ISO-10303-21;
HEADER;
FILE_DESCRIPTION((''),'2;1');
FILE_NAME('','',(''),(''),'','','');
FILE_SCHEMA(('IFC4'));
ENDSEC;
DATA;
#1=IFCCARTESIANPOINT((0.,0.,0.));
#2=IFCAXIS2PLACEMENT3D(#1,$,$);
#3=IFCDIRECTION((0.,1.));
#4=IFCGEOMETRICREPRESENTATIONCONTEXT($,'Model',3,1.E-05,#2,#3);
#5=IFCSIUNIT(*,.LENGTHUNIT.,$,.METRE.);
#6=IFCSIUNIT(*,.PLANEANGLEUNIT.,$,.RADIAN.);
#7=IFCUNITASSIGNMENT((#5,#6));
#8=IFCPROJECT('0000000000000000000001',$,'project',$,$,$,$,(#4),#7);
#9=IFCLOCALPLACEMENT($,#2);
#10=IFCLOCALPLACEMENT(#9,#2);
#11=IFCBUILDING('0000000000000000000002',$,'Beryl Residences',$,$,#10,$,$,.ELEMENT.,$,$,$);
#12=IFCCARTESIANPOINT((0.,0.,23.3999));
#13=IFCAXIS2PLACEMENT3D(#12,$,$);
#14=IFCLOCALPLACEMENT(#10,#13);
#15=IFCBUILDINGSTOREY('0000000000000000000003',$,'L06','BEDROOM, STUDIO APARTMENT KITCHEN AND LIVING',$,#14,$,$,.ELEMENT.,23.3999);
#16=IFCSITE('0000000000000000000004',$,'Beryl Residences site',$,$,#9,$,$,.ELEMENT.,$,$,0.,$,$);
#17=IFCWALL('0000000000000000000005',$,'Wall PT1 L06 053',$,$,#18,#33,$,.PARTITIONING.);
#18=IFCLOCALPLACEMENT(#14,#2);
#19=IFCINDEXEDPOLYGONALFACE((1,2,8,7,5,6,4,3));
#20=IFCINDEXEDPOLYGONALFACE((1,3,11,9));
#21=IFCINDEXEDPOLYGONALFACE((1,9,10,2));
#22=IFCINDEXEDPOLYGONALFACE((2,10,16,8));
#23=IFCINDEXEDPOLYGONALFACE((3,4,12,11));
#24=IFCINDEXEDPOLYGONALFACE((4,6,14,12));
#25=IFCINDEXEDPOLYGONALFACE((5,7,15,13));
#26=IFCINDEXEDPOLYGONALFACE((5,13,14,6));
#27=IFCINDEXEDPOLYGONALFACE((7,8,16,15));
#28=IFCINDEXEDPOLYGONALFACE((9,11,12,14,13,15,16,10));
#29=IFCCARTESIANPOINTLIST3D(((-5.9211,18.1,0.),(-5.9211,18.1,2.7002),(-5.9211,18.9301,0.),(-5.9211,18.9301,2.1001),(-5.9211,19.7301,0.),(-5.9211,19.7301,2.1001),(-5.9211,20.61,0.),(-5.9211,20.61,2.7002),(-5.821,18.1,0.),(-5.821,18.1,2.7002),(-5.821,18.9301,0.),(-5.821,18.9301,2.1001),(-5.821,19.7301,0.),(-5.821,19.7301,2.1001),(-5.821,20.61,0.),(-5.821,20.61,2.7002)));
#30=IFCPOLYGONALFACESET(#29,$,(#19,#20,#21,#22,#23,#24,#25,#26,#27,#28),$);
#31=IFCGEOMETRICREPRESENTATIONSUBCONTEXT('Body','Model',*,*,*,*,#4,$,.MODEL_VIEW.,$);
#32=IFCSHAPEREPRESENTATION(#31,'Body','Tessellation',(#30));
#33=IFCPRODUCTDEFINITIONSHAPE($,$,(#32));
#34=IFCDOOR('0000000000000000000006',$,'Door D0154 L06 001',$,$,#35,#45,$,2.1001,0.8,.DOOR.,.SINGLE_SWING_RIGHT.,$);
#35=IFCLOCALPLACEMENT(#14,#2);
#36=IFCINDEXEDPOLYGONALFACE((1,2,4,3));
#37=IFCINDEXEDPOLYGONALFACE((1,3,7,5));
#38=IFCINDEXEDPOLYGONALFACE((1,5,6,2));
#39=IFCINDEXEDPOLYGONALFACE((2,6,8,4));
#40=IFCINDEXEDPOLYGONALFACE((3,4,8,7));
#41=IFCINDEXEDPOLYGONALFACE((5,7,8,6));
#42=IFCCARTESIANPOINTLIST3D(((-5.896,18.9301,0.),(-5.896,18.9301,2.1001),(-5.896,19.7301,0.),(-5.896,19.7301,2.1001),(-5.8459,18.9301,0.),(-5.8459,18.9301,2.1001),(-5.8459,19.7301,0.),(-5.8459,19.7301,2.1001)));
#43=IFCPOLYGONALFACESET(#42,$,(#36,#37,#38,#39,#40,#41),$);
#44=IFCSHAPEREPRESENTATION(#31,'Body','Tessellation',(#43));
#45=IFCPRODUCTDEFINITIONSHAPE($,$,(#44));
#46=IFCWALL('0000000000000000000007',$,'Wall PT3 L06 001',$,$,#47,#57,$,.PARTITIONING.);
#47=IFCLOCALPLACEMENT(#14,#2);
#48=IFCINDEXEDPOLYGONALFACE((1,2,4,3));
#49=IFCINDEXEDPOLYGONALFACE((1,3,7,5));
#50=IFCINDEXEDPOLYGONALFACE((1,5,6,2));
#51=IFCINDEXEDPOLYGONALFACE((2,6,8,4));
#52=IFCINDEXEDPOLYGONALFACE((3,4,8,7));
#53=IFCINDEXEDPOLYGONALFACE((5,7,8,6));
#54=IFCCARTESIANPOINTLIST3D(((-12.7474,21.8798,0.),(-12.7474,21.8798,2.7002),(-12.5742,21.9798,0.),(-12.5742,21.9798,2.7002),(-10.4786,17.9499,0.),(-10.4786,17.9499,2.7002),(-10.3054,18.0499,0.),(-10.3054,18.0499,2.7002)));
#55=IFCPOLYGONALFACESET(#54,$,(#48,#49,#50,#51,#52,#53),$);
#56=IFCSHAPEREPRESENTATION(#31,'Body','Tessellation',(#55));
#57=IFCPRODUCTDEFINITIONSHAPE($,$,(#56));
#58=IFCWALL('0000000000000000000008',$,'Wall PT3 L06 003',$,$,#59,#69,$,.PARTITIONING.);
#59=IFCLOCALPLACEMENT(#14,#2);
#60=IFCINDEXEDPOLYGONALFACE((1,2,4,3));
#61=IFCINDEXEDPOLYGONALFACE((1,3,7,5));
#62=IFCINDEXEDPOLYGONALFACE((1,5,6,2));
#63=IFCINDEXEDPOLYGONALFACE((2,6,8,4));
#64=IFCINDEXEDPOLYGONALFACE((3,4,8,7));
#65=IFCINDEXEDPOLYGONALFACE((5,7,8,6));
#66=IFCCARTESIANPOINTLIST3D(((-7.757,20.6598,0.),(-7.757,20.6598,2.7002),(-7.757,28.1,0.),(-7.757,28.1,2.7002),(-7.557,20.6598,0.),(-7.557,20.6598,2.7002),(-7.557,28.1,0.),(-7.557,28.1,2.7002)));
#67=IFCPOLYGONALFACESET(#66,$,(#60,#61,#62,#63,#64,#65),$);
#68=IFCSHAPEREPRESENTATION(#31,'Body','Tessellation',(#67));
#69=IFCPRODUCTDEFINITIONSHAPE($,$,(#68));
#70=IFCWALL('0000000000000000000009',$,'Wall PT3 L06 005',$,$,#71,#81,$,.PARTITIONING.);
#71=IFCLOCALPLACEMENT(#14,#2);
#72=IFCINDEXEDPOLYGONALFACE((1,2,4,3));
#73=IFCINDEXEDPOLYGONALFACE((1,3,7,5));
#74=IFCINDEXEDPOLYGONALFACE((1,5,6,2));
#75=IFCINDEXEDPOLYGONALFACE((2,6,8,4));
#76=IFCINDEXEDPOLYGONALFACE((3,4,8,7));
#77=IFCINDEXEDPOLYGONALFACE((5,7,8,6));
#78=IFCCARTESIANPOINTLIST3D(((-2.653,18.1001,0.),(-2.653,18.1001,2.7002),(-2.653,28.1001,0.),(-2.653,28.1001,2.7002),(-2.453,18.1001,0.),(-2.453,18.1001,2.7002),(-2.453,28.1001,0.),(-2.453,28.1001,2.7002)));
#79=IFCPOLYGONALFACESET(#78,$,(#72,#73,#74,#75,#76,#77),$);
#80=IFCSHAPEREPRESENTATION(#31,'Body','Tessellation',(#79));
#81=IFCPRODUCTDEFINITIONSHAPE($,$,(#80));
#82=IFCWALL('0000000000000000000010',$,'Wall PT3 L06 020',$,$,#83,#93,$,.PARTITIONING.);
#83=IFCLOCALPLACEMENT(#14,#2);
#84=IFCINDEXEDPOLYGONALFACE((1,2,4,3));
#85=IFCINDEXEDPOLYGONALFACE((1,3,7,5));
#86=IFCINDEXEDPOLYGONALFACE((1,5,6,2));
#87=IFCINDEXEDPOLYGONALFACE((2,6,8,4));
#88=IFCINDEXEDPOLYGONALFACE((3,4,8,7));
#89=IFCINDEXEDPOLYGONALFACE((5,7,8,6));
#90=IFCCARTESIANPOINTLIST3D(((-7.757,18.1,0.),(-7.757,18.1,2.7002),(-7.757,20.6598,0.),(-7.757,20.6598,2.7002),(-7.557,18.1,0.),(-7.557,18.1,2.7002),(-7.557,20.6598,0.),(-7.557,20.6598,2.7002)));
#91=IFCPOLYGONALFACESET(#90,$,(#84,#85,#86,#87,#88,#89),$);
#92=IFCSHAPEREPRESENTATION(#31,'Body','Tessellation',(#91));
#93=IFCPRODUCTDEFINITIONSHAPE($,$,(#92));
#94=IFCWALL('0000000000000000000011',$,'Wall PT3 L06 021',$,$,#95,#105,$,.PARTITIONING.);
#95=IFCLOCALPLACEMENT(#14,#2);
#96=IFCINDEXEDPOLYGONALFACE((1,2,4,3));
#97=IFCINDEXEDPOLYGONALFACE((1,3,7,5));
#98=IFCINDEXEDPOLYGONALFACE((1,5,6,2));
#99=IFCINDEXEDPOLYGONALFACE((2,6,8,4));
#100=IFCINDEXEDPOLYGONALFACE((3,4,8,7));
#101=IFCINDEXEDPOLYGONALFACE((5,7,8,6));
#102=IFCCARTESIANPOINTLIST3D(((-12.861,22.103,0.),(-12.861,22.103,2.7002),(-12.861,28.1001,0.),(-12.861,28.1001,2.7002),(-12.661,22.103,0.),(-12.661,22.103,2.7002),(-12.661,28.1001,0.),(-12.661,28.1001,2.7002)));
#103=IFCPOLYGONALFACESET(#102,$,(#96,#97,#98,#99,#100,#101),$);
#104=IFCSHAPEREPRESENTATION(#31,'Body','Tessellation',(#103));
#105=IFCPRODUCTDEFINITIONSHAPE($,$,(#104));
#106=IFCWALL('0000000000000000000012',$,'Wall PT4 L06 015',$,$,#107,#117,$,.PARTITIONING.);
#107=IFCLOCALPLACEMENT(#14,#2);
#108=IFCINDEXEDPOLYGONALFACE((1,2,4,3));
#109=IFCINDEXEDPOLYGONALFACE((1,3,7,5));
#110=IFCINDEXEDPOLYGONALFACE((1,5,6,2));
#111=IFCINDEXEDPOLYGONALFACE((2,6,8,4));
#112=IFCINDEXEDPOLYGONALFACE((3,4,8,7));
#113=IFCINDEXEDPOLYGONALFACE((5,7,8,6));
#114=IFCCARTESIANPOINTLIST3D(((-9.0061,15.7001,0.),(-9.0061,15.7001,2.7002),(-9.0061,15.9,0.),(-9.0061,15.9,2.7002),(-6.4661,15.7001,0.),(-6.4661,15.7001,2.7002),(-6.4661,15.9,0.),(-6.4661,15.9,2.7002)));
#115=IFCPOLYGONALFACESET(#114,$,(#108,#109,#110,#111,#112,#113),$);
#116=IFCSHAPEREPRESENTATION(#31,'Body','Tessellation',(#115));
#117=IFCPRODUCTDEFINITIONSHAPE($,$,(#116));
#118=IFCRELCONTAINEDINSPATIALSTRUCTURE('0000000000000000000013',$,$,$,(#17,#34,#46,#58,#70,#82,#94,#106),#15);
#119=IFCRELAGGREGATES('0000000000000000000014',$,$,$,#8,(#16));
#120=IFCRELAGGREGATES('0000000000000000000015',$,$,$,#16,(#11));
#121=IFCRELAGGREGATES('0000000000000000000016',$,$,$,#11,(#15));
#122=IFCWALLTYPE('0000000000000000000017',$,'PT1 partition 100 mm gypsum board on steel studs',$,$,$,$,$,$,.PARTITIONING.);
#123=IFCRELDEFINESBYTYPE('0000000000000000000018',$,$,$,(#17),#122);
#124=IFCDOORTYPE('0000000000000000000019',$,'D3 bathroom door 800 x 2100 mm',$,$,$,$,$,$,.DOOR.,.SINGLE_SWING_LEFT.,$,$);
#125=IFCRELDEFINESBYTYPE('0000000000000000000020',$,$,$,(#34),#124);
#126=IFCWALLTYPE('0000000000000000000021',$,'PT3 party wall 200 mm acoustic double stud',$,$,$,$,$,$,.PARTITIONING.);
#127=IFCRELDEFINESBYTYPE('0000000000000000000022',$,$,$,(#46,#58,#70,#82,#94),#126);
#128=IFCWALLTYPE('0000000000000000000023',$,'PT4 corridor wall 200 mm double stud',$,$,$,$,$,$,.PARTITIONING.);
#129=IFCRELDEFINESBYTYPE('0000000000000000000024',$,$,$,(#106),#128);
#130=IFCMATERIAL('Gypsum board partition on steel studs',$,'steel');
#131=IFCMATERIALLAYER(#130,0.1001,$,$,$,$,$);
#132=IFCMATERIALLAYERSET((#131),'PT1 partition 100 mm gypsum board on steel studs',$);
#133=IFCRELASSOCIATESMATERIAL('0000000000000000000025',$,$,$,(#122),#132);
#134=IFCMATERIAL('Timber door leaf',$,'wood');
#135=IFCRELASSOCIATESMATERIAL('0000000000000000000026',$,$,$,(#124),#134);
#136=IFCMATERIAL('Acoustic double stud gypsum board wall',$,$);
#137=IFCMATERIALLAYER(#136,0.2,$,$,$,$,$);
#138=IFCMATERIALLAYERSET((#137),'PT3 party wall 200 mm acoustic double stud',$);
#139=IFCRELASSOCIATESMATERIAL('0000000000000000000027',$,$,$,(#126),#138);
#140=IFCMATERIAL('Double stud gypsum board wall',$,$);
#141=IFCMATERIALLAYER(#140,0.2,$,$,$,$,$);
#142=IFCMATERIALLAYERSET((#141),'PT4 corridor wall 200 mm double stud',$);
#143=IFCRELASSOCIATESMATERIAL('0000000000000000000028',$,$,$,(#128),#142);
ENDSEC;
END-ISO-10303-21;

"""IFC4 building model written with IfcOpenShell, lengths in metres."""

from ifc_helpers import new_model, si_unit, direction, frame, frame_2d, origin, place, context, subcontext, project, spatial, rectangle, extrude, material, layer, layer_set, type_object, element, fill, save


model = new_model("IFC4")

# Units and contexts
model_context = context("Model", 3, precision=1e-05, world=origin(), true_north=direction((0.0, 1.0)))
body_context = subcontext(model_context, "Body", "Model", "MODEL_VIEW")
ifc_project = project(units=[si_unit("LENGTHUNIT", "METRE"), si_unit("PLANEANGLEUNIT", "RADIAN")], contexts=[model_context])

# Site, building, storey
site_placement = place(None, origin())
site = spatial("IfcSite", under=ifc_project, at=site_placement, Name="Beryl Residences site", CompositionType="ELEMENT", RefElevation=0.0)
building_placement = place(site_placement, origin())
building = spatial("IfcBuilding", under=site, at=building_placement, Name="Beryl Residences", CompositionType="ELEMENT")
storey_placement = place(building_placement, frame((0.0, 0.0, 23.3999)))
storey = spatial("IfcBuildingStorey", under=building, at=storey_placement, Name="L06", Description="BEDROOM, STUDIO APARTMENT KITCHEN AND LIVING", CompositionType="ELEMENT", Elevation=23.3999)

# Shared definitions
ifc_material_1 = material(Name="Gypsum board partition on steel studs", Category="steel")
ifc_layer_1 = layer(ifc_material_1, 0.1001)
ifc_layer_set_1 = layer_set([ifc_layer_1], Name="PT1 partition 100 mm gypsum board on steel studs")
wall_type_1 = type_object("IfcWallType", Name="PT1 partition 100 mm gypsum board on steel studs", PredefinedType="PARTITIONING", material=ifc_layer_set_1)

# Wall, opening, door
wall_1_placement = place(storey_placement, frame((-5.8711, 18.1001, 0.0), z_axis=(0.0, 0.0, 1.0), x_axis=(0.0, 1.0, 0.0)))
wall_1 = element("IfcWall", 1, at=wall_1_placement, inside=storey, type_object=wall_type_1, Name="Wall PT1 L06 053", PredefinedType="PARTITIONING", context=body_context, shape_type="SweptSolid", body=[
    extrude(rectangle(XDim=2.51, YDim=0.1001, at=frame_2d((1.2549, 0.0))), origin(), (0.0, 0.0, 1.0), 2.7002),
])
opening_1_placement = place(wall_1_placement, frame((0.8301, 0.0, 0.0)))
opening_1 = element("IfcOpeningElement", 2, at=opening_1_placement, cuts=wall_1, PredefinedType="OPENING", context=body_context, shape_type="SweptSolid", body=[
    extrude(rectangle(XDim=0.8, YDim=2.1001, at=frame_2d((0.3999, 1.05))), frame((0.0, 0.0601, 0.0), z_axis=(0.0, -1.0, 0.0), x_axis=(1.0, 0.0, 0.0)), (0.0, 0.0, 1.0), 0.1201),
])
ifc_material_2 = material(Name="Timber door leaf", Category="wood")
door_type_1 = type_object("IfcDoorType", Name="D3 bathroom door 800 x 2100 mm", OperationType="SINGLE_SWING_LEFT", PredefinedType="DOOR", material=ifc_material_2)
door_1_placement = place(opening_1_placement, origin())
door_1 = element("IfcDoor", 3, at=door_1_placement, inside=storey, type_object=door_type_1, Name="Door D0154 L06 001", OperationType="SINGLE_SWING_RIGHT", OverallHeight=2.1001, OverallWidth=0.8, PredefinedType="DOOR", context=body_context, shape_type="SweptSolid", body=[
    extrude(rectangle(XDim=0.8, YDim=2.1001, at=frame_2d((0.3999, 1.05))), frame((0.0, 0.0249, 0.0), z_axis=(0.0, -1.0, 0.0), x_axis=(1.0, 0.0, 0.0)), (0.0, 0.0, 1.0), 0.05),
])
fill(opening_1, door_1)

# Walls
ifc_material_3 = material(Name="Acoustic double stud gypsum board wall")
ifc_layer_2 = layer(ifc_material_3, 0.2)
ifc_layer_set_2 = layer_set([ifc_layer_2], Name="PT3 party wall 200 mm acoustic double stud")
wall_type_2 = type_object("IfcWallType", Name="PT3 party wall 200 mm acoustic double stud", PredefinedType="PARTITIONING", material=ifc_layer_set_2)
wall_2_placement = place(storey_placement, frame((-12.6609, 21.9299, 0.0), z_axis=(0.0, 0.0, 1.0), x_axis=(0.499975, -0.86604, 0.0)))
element("IfcWall", 4, at=wall_2_placement, inside=storey, type_object=wall_type_2, Name="Wall PT3 L06 001", PredefinedType="PARTITIONING", context=body_context, shape_type="SweptSolid", body=[
    extrude(rectangle(XDim=4.5378, YDim=0.2, at=frame_2d((2.269, 0.0))), origin(), (0.0, 0.0, 1.0), 2.7002),
])
wall_3_placement = place(storey_placement, frame((-7.657, 28.1001, 0.0), z_axis=(0.0, 0.0, 1.0), x_axis=(0.0, -1.0, 0.0)))
element("IfcWall", 5, at=wall_3_placement, inside=storey, type_object=wall_type_2, Name="Wall PT3 L06 003", PredefinedType="PARTITIONING", context=body_context, shape_type="SweptSolid", body=[
    extrude(rectangle(XDim=7.4402, YDim=0.2, at=frame_2d((3.7202, 0.0))), origin(), (0.0, 0.0, 1.0), 2.7002),
])
wall_4_placement = place(storey_placement, frame((-2.553, 28.1001, 0.0), z_axis=(0.0, 0.0, 1.0), x_axis=(0.0, -1.0, 0.0)))
element("IfcWall", 6, at=wall_4_placement, inside=storey, type_object=wall_type_2, Name="Wall PT3 L06 005", PredefinedType="PARTITIONING", context=body_context, shape_type="SweptSolid", body=[
    extrude(rectangle(XDim=10.0, YDim=0.2, at=frame_2d((5.0, 0.0))), origin(), (0.0, 0.0, 1.0), 2.7002),
])
wall_5_placement = place(storey_placement, frame((-7.657, 18.1001, 0.0), z_axis=(0.0, 0.0, 1.0), x_axis=(0.0, 1.0, 0.0)))
element("IfcWall", 7, at=wall_5_placement, inside=storey, type_object=wall_type_2, Name="Wall PT3 L06 020", PredefinedType="PARTITIONING", context=body_context, shape_type="SweptSolid", body=[
    extrude(rectangle(XDim=2.5598, YDim=0.2, at=frame_2d((1.2798, 0.0))), origin(), (0.0, 0.0, 1.0), 2.7002),
])
wall_6_placement = place(storey_placement, frame((-12.761, 22.103, 0.0), z_axis=(0.0, 0.0, 1.0), x_axis=(0.0, 1.0, 0.0)))
element("IfcWall", 8, at=wall_6_placement, inside=storey, type_object=wall_type_2, Name="Wall PT3 L06 021", PredefinedType="PARTITIONING", context=body_context, shape_type="SweptSolid", body=[
    extrude(rectangle(XDim=5.9971, YDim=0.2, at=frame_2d((2.9985, 0.0))), origin(), (0.0, 0.0, 1.0), 2.7002),
])
ifc_material_4 = material(Name="Double stud gypsum board wall")
ifc_layer_3 = layer(ifc_material_4, 0.2)
ifc_layer_set_3 = layer_set([ifc_layer_3], Name="PT4 corridor wall 200 mm double stud")
wall_type_3 = type_object("IfcWallType", Name="PT4 corridor wall 200 mm double stud", PredefinedType="PARTITIONING", material=ifc_layer_set_3)
wall_7_placement = place(storey_placement, frame((-9.0061, 15.8, 0.0), z_axis=(0.0, 0.0, 1.0), x_axis=(1.0, 0.0, 0.0)))
element("IfcWall", 9, at=wall_7_placement, inside=storey, type_object=wall_type_3, Name="Wall PT4 L06 015", PredefinedType="PARTITIONING", context=body_context, shape_type="SweptSolid", body=[
    extrude(rectangle(XDim=2.54, YDim=0.2, at=frame_2d((1.27, 0.0))), origin(), (0.0, 0.0, 1.0), 2.7002),
])

save(model, "model.ifc")
